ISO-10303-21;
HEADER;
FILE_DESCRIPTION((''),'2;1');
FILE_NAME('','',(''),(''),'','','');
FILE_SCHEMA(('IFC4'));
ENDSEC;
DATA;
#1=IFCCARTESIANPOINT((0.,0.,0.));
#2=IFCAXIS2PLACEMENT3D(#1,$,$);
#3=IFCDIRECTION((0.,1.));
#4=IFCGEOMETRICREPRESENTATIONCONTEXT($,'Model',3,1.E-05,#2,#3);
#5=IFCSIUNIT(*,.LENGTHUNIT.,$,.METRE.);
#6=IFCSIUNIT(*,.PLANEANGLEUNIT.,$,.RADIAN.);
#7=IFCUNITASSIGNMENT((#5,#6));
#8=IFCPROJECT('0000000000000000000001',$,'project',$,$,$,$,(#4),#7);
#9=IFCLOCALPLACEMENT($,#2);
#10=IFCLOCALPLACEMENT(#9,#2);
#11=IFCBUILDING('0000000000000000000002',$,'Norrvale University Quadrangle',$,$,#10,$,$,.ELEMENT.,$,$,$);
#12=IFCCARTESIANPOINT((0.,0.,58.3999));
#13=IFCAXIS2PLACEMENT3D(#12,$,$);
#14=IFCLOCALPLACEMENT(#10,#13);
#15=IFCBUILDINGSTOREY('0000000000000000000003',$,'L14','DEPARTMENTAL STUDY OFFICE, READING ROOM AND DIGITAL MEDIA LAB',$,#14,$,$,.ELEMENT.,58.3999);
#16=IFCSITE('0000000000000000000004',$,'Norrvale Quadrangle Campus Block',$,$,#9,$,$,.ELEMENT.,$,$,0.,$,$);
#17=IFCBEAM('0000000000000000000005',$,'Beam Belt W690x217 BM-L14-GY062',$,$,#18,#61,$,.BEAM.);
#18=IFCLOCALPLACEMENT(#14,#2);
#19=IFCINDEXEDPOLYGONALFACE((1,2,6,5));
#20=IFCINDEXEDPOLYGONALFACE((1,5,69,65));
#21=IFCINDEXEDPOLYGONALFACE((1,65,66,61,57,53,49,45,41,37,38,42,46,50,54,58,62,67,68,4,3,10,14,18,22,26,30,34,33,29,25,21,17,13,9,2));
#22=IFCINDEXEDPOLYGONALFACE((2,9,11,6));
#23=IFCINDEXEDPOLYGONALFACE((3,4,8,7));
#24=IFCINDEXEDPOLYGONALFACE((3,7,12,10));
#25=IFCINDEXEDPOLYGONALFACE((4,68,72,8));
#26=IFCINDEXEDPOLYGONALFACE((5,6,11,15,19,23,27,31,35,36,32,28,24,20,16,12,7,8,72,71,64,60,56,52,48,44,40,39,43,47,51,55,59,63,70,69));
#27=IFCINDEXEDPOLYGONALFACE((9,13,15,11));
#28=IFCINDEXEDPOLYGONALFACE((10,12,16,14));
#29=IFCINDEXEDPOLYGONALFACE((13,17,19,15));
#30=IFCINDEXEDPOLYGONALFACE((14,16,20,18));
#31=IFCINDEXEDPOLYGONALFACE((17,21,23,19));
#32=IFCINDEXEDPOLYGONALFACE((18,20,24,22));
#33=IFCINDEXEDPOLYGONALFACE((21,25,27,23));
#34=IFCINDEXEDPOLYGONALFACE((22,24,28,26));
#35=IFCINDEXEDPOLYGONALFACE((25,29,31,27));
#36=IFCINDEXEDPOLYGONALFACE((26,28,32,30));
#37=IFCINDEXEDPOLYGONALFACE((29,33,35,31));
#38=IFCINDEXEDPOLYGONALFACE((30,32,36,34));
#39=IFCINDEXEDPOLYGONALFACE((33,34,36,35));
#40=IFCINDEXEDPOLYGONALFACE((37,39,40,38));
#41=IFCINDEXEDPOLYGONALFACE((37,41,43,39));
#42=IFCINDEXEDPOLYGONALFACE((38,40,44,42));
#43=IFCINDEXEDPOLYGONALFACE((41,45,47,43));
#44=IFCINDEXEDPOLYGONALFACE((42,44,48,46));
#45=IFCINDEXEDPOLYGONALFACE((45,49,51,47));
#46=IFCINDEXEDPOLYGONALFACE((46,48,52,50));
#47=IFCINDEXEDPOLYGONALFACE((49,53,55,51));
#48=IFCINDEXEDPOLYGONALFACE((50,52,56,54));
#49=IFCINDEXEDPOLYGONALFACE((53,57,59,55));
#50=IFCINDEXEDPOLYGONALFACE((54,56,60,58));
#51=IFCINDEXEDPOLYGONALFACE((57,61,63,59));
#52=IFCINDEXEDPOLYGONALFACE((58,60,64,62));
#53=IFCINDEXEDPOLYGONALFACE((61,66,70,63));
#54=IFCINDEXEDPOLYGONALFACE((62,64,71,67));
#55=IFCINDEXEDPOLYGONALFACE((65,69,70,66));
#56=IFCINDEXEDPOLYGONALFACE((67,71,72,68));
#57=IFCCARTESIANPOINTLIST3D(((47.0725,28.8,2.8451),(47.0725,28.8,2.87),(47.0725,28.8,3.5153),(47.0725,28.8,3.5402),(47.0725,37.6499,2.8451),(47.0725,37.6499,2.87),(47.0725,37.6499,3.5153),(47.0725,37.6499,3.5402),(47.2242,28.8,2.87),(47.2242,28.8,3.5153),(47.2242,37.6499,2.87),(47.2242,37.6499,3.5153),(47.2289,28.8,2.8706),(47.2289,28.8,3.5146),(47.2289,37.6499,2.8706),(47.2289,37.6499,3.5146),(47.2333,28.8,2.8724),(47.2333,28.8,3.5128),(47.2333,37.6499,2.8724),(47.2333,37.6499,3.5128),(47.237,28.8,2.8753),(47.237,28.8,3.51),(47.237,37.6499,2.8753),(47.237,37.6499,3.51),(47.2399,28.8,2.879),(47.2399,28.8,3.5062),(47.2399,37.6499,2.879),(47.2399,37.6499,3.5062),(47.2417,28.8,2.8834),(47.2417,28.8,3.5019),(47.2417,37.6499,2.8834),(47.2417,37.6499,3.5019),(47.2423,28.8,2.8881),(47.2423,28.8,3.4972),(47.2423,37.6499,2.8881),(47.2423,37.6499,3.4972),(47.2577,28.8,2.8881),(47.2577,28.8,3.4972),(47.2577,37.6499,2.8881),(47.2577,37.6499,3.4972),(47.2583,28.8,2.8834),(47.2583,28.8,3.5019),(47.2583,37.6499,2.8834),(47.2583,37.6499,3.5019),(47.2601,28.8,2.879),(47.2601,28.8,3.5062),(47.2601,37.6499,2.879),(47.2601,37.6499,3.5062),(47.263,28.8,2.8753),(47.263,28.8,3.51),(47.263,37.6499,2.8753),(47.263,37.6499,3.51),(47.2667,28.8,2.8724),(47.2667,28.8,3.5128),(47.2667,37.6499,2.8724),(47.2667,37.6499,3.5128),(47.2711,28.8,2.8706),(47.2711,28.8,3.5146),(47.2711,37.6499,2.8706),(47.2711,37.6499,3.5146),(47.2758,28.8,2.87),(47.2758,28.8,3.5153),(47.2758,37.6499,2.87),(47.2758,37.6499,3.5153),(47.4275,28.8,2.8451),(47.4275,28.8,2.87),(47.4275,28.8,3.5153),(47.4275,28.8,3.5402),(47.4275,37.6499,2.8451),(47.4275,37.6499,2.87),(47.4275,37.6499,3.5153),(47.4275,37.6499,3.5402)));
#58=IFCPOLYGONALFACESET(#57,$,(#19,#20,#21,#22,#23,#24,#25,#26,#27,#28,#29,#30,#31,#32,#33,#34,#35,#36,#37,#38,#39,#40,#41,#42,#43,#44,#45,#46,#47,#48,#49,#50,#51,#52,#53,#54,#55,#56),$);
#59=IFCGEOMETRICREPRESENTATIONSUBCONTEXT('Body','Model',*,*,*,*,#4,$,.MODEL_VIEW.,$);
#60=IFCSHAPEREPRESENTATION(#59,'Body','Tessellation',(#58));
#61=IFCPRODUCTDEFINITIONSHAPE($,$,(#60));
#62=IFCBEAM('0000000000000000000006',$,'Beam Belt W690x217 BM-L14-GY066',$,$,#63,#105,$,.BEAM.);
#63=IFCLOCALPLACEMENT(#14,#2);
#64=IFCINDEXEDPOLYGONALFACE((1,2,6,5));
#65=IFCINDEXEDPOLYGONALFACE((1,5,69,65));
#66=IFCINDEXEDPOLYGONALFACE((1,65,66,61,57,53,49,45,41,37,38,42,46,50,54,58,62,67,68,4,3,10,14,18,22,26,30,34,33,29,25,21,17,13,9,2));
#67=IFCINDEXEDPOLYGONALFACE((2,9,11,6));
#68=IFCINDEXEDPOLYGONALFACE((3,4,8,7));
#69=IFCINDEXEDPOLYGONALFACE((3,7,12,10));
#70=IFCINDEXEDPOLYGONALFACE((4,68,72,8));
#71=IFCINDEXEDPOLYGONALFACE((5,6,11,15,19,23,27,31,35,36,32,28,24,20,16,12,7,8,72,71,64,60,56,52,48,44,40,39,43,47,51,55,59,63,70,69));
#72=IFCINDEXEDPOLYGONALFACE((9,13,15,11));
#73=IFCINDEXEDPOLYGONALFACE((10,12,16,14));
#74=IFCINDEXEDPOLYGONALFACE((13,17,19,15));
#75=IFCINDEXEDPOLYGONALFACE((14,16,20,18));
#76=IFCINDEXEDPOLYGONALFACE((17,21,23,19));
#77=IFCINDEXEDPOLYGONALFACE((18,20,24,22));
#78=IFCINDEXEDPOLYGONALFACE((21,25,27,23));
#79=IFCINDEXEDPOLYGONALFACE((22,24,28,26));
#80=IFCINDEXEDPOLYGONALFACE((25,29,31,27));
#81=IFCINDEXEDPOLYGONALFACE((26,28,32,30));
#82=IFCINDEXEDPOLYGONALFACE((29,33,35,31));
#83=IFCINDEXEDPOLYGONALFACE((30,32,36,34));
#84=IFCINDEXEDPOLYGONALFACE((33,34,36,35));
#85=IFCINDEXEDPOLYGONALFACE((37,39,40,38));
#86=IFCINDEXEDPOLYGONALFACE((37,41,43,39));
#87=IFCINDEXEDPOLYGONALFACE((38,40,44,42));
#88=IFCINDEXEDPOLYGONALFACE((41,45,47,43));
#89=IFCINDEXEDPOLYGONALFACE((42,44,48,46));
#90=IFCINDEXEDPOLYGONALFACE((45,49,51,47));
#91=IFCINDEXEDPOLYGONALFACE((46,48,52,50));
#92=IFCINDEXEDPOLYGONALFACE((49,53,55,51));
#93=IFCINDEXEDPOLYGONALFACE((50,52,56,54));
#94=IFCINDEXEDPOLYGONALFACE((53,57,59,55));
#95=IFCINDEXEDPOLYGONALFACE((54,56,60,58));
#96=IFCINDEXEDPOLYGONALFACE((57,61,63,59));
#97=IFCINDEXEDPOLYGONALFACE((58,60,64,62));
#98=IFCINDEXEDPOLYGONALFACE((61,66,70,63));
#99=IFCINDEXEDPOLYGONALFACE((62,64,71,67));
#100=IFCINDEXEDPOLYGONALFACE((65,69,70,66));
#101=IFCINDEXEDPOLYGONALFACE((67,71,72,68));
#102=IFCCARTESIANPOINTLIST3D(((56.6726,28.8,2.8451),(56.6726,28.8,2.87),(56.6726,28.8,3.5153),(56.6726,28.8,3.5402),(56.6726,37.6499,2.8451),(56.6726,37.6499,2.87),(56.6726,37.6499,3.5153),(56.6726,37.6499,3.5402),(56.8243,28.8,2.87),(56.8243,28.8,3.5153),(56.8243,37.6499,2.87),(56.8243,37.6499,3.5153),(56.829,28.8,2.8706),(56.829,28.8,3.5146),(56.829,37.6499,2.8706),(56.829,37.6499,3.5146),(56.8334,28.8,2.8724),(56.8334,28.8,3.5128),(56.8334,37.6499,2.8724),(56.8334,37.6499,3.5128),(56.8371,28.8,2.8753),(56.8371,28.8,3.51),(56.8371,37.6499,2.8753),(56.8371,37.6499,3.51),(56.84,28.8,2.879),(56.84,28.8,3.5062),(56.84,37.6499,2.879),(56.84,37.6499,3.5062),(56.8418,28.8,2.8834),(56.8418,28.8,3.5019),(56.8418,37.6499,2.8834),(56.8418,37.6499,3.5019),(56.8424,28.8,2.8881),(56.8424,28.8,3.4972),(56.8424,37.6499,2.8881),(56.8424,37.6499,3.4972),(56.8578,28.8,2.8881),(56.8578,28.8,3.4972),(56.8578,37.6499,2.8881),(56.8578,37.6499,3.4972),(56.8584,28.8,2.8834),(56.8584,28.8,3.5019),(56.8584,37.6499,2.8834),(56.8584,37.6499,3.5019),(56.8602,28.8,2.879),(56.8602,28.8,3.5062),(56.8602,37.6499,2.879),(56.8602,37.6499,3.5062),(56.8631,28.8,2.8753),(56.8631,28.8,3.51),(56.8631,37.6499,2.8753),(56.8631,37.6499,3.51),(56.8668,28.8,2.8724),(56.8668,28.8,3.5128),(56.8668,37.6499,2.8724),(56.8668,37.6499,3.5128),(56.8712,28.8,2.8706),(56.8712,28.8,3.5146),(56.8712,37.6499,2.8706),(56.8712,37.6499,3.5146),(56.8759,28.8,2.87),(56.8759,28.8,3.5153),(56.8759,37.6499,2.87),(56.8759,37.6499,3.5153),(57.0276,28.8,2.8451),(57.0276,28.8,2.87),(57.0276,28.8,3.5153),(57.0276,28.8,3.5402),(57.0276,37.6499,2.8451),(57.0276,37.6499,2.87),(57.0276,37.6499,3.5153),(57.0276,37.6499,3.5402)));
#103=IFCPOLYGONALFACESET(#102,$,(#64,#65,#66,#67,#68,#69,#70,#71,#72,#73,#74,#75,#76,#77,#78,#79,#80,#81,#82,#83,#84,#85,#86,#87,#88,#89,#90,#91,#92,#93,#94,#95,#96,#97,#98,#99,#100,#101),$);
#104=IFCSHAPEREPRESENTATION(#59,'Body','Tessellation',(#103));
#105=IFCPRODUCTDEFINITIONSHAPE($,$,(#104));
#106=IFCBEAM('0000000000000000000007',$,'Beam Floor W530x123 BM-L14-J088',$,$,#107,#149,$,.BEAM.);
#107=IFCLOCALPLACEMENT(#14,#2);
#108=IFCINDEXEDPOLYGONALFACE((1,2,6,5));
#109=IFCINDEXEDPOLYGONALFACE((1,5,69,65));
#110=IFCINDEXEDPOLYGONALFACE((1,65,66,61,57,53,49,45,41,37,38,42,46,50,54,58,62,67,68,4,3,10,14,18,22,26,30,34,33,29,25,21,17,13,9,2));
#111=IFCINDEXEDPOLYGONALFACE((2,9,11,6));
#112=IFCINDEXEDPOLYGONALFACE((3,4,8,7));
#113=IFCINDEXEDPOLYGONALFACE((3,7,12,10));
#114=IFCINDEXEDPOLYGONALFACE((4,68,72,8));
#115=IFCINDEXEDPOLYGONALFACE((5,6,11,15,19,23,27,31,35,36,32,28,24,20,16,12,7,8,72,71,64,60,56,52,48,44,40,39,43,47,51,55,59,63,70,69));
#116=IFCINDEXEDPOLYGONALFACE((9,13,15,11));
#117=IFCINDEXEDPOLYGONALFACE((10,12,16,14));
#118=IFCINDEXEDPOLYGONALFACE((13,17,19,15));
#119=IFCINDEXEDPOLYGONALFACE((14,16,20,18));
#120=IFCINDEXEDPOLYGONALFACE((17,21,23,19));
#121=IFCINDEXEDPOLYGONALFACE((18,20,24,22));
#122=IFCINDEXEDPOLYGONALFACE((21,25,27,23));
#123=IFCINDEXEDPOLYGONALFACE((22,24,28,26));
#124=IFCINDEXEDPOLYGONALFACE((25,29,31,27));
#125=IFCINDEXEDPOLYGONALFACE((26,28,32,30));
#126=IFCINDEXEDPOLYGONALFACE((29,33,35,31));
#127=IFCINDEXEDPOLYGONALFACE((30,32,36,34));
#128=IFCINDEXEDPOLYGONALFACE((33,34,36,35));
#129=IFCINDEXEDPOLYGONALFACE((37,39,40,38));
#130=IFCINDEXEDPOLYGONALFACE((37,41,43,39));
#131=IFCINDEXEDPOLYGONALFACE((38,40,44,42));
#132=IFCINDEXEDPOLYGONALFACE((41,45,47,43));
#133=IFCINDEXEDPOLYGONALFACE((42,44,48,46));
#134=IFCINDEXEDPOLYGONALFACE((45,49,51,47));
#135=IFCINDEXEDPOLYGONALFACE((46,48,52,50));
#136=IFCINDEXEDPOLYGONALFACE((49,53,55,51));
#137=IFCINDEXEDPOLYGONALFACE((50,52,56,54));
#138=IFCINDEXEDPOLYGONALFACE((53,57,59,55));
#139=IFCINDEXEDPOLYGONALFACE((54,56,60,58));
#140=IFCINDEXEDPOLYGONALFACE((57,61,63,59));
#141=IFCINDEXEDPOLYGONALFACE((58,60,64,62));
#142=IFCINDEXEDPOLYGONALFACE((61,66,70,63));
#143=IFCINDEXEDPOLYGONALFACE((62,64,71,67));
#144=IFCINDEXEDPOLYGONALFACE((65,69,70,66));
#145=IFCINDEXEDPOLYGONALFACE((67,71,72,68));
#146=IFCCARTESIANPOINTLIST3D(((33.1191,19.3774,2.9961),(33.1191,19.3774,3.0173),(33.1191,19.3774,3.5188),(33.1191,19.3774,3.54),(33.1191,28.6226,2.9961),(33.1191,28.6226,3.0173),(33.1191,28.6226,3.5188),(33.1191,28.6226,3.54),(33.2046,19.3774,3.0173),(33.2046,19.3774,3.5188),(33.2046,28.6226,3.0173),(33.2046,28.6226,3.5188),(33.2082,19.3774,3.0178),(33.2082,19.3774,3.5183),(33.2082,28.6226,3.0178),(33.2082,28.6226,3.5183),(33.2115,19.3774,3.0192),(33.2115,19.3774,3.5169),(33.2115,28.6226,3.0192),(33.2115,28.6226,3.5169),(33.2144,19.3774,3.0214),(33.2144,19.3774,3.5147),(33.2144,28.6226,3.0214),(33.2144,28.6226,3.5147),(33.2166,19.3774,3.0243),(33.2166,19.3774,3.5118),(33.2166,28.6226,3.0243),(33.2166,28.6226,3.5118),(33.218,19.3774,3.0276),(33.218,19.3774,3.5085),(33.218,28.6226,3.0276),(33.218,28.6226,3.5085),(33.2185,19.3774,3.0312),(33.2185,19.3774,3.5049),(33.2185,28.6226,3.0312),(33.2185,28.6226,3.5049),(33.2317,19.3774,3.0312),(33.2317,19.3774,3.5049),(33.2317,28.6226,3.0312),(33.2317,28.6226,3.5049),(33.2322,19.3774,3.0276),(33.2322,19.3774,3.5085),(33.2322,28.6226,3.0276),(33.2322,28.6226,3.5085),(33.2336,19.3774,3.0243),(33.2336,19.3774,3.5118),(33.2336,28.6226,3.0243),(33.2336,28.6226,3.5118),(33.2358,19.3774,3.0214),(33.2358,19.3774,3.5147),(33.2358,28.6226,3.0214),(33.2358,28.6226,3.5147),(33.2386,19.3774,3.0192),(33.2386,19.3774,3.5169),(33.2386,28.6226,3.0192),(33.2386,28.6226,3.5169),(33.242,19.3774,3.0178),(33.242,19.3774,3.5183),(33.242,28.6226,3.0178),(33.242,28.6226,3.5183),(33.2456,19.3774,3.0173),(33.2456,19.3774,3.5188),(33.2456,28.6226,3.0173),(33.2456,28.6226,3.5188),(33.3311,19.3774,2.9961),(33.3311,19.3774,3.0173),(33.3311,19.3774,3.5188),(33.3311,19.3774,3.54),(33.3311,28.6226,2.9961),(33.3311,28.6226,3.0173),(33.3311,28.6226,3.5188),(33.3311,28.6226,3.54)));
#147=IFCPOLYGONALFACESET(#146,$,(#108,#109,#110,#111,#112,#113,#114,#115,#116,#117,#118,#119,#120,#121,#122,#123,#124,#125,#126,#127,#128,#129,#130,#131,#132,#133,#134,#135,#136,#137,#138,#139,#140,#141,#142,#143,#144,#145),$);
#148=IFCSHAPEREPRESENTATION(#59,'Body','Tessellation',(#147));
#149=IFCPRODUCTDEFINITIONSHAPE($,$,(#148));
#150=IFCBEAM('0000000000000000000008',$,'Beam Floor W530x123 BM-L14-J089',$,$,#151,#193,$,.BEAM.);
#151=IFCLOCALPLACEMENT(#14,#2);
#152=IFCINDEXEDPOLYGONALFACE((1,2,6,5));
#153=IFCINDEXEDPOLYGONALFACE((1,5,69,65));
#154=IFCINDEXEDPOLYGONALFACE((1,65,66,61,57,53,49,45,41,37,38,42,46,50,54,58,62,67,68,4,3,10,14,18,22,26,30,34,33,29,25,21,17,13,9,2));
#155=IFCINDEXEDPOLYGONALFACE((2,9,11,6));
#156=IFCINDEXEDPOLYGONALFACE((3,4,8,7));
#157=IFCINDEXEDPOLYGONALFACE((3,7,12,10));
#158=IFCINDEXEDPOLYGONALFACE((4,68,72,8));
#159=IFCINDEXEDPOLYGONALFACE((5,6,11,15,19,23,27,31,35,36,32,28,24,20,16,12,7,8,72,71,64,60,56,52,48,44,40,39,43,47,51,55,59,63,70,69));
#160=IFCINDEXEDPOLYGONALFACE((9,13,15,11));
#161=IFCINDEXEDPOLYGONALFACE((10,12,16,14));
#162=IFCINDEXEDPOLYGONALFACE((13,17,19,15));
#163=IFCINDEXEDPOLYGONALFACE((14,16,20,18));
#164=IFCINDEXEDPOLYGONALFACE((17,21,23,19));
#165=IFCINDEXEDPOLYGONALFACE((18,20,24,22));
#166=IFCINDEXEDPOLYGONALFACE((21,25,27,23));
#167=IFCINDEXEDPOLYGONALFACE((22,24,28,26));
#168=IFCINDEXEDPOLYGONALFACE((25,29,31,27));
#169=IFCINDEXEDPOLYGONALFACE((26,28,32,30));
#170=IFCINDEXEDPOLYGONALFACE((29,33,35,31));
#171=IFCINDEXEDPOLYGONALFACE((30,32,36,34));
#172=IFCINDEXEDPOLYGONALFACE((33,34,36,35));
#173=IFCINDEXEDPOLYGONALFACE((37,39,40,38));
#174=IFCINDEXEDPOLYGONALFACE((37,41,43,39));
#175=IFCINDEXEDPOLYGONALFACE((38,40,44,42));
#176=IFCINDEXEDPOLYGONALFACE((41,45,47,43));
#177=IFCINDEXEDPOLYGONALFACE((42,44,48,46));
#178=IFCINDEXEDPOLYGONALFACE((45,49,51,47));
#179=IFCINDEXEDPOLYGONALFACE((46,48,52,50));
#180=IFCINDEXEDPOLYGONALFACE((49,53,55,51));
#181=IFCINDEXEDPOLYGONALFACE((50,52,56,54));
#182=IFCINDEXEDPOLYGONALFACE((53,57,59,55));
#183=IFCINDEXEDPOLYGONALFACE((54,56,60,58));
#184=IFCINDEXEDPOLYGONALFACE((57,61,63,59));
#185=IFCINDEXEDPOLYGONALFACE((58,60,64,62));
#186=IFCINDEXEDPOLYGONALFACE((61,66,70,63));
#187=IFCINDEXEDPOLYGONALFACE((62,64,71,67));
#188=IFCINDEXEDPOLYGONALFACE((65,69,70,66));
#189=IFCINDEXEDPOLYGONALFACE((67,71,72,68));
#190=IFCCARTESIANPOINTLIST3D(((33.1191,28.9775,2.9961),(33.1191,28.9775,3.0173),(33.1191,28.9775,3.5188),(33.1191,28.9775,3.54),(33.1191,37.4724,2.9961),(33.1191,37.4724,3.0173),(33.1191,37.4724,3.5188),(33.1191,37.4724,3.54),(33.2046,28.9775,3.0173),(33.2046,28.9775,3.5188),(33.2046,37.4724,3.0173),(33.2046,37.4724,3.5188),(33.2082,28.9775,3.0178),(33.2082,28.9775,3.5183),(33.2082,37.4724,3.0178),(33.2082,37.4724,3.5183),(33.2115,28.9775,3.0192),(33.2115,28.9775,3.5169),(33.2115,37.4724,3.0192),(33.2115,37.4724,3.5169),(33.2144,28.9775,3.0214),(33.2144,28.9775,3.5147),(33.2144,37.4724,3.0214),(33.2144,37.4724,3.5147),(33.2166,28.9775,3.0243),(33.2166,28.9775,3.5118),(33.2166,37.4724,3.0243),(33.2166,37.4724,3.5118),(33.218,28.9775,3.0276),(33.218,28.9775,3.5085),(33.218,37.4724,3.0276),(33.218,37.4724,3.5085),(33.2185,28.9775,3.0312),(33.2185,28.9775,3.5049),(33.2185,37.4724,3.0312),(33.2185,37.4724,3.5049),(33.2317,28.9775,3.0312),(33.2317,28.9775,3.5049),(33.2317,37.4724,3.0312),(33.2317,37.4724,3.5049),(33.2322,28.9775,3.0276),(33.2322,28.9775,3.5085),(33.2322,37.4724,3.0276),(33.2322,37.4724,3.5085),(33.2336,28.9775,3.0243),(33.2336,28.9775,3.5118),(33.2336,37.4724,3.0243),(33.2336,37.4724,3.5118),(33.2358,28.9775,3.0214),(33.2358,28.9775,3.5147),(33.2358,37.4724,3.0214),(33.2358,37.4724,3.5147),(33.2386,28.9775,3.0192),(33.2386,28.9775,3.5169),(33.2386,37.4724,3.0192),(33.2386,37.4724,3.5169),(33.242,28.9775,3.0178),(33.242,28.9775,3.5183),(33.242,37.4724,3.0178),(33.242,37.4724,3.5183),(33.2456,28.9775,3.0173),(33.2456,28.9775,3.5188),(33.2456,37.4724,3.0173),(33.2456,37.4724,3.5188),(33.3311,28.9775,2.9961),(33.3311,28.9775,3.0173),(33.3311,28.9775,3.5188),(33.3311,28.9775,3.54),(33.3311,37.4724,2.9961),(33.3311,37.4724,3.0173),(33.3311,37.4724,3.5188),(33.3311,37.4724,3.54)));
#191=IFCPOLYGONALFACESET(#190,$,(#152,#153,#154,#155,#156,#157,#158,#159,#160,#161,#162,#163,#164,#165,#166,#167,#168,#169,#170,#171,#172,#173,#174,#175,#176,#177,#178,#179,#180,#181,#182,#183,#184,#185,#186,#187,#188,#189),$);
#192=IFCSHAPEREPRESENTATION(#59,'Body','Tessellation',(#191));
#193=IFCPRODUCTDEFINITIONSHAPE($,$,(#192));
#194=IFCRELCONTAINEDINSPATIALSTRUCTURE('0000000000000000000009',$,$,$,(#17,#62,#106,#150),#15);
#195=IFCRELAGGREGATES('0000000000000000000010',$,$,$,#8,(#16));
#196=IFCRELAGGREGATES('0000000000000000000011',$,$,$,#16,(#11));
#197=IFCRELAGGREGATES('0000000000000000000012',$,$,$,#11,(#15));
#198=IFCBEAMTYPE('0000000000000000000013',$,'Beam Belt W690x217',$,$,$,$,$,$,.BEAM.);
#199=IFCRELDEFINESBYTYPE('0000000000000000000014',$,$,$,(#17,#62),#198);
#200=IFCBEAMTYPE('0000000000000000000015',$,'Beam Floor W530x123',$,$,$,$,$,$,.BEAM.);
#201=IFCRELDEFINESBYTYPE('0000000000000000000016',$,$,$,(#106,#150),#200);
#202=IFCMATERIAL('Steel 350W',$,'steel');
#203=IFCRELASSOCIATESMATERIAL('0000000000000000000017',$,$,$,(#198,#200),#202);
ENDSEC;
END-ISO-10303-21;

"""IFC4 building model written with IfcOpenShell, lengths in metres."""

from ifc_helpers import new_model, si_unit, direction, frame, origin, origin_2d, place, context, subcontext, project, spatial, i_section, extrude, material, material_profile, profile_set, type_object, element, save


model = new_model("IFC4")

# Units and contexts
model_context = context("Model", 3, precision=1e-05, world=origin(), true_north=direction((0.0, 1.0)))
body_context = subcontext(model_context, "Body", "Model", "MODEL_VIEW")
ifc_project = project(units=[si_unit("LENGTHUNIT", "METRE"), si_unit("PLANEANGLEUNIT", "RADIAN")], contexts=[model_context])

# Site, building, storey
site_placement = place(None, origin())
site = spatial("IfcSite", under=ifc_project, at=site_placement, Name="Norrvale Quadrangle Campus Block", CompositionType="ELEMENT", RefElevation=0.0)
building_placement = place(site_placement, origin())
building = spatial("IfcBuilding", under=site, at=building_placement, Name="Norrvale University Quadrangle", CompositionType="ELEMENT")
storey_placement = place(building_placement, frame((0.0, 0.0, 58.3999)))
storey = spatial("IfcBuildingStorey", under=building, at=storey_placement, Name="L14", Description="DEPARTMENTAL STUDY OFFICE, READING ROOM AND DIGITAL MEDIA LAB", CompositionType="ELEMENT", Elevation=58.3999)

# Beams
ifc_material_1 = material(Name="Steel 350W", Category="steel")
ifc_material_profile_1 = material_profile(ifc_material_1, i_section(OverallWidth=0.355, OverallDepth=0.6951, WebThickness=0.0154, FlangeThickness=0.0249, FilletRadius=0.0181, at=origin_2d()), Name="Steel 350W")
ifc_profile_set_1 = profile_set([ifc_material_profile_1], Name="Steel 350W")
beam_type_1 = type_object("IfcBeamType", Name="Beam Belt W690x217", PredefinedType="BEAM", material=ifc_profile_set_1)
for number, where, z_axis, x_axis, name in (
    (1, (47.25, 28.8, 3.1926), (0.0, 1.0, 0.0), (-1.0, 0.0, 0.0), "Beam Belt W690x217 BM-L14-GY062"),
    (2, (56.8501, 28.8, 3.1926), (0.0, 1.0, 0.0), (-1.0, 0.0, 0.0), "Beam Belt W690x217 BM-L14-GY066"),
):
    element("IfcBeam", number, at=place(storey_placement, frame(where, z_axis=z_axis, x_axis=x_axis)), inside=storey, type_object=beam_type_1, Name=name, PredefinedType="BEAM", context=body_context, shape_type="SweptSolid", body=[
        extrude(i_section(OverallWidth=0.355, OverallDepth=0.6951, WebThickness=0.0154, FlangeThickness=0.0249, FilletRadius=0.0181, at=origin_2d()), origin(), (0.0, 0.0, 1.0), 8.8499),
    ])
ifc_material_profile_2 = material_profile(ifc_material_1, i_section(OverallWidth=0.2119, OverallDepth=0.5439, WebThickness=0.0132, FlangeThickness=0.0212, FilletRadius=0.0139, at=origin_2d()), Name="Steel 350W")
ifc_profile_set_2 = profile_set([ifc_material_profile_2], Name="Steel 350W")
beam_type_2 = type_object("IfcBeamType", Name="Beam Floor W530x123", PredefinedType="BEAM", material=ifc_profile_set_2)
beam_1_placement = place(storey_placement, frame((33.2251, 19.3774, 3.2681), z_axis=(0.0, 1.0, 0.0), x_axis=(-1.0, 0.0, 0.0)))
element("IfcBeam", 3, at=beam_1_placement, inside=storey, type_object=beam_type_2, Name="Beam Floor W530x123 BM-L14-J088", PredefinedType="BEAM", context=body_context, shape_type="SweptSolid", body=[
    extrude(i_section(OverallWidth=0.2119, OverallDepth=0.5439, WebThickness=0.0132, FlangeThickness=0.0212, FilletRadius=0.0139, at=origin_2d()), origin(), (0.0, 0.0, 1.0), 9.2451),
])
beam_2_placement = place(storey_placement, frame((33.2251, 28.9775, 3.2681), z_axis=(0.0, 1.0, 0.0), x_axis=(-1.0, 0.0, 0.0)))
element("IfcBeam", 4, at=beam_2_placement, inside=storey, type_object=beam_type_2, Name="Beam Floor W530x123 BM-L14-J089", PredefinedType="BEAM", context=body_context, shape_type="SweptSolid", body=[
    extrude(i_section(OverallWidth=0.2119, OverallDepth=0.5439, WebThickness=0.0132, FlangeThickness=0.0212, FilletRadius=0.0139, at=origin_2d()), origin(), (0.0, 0.0, 1.0), 8.4949),
])

save(model, "model.ifc")
